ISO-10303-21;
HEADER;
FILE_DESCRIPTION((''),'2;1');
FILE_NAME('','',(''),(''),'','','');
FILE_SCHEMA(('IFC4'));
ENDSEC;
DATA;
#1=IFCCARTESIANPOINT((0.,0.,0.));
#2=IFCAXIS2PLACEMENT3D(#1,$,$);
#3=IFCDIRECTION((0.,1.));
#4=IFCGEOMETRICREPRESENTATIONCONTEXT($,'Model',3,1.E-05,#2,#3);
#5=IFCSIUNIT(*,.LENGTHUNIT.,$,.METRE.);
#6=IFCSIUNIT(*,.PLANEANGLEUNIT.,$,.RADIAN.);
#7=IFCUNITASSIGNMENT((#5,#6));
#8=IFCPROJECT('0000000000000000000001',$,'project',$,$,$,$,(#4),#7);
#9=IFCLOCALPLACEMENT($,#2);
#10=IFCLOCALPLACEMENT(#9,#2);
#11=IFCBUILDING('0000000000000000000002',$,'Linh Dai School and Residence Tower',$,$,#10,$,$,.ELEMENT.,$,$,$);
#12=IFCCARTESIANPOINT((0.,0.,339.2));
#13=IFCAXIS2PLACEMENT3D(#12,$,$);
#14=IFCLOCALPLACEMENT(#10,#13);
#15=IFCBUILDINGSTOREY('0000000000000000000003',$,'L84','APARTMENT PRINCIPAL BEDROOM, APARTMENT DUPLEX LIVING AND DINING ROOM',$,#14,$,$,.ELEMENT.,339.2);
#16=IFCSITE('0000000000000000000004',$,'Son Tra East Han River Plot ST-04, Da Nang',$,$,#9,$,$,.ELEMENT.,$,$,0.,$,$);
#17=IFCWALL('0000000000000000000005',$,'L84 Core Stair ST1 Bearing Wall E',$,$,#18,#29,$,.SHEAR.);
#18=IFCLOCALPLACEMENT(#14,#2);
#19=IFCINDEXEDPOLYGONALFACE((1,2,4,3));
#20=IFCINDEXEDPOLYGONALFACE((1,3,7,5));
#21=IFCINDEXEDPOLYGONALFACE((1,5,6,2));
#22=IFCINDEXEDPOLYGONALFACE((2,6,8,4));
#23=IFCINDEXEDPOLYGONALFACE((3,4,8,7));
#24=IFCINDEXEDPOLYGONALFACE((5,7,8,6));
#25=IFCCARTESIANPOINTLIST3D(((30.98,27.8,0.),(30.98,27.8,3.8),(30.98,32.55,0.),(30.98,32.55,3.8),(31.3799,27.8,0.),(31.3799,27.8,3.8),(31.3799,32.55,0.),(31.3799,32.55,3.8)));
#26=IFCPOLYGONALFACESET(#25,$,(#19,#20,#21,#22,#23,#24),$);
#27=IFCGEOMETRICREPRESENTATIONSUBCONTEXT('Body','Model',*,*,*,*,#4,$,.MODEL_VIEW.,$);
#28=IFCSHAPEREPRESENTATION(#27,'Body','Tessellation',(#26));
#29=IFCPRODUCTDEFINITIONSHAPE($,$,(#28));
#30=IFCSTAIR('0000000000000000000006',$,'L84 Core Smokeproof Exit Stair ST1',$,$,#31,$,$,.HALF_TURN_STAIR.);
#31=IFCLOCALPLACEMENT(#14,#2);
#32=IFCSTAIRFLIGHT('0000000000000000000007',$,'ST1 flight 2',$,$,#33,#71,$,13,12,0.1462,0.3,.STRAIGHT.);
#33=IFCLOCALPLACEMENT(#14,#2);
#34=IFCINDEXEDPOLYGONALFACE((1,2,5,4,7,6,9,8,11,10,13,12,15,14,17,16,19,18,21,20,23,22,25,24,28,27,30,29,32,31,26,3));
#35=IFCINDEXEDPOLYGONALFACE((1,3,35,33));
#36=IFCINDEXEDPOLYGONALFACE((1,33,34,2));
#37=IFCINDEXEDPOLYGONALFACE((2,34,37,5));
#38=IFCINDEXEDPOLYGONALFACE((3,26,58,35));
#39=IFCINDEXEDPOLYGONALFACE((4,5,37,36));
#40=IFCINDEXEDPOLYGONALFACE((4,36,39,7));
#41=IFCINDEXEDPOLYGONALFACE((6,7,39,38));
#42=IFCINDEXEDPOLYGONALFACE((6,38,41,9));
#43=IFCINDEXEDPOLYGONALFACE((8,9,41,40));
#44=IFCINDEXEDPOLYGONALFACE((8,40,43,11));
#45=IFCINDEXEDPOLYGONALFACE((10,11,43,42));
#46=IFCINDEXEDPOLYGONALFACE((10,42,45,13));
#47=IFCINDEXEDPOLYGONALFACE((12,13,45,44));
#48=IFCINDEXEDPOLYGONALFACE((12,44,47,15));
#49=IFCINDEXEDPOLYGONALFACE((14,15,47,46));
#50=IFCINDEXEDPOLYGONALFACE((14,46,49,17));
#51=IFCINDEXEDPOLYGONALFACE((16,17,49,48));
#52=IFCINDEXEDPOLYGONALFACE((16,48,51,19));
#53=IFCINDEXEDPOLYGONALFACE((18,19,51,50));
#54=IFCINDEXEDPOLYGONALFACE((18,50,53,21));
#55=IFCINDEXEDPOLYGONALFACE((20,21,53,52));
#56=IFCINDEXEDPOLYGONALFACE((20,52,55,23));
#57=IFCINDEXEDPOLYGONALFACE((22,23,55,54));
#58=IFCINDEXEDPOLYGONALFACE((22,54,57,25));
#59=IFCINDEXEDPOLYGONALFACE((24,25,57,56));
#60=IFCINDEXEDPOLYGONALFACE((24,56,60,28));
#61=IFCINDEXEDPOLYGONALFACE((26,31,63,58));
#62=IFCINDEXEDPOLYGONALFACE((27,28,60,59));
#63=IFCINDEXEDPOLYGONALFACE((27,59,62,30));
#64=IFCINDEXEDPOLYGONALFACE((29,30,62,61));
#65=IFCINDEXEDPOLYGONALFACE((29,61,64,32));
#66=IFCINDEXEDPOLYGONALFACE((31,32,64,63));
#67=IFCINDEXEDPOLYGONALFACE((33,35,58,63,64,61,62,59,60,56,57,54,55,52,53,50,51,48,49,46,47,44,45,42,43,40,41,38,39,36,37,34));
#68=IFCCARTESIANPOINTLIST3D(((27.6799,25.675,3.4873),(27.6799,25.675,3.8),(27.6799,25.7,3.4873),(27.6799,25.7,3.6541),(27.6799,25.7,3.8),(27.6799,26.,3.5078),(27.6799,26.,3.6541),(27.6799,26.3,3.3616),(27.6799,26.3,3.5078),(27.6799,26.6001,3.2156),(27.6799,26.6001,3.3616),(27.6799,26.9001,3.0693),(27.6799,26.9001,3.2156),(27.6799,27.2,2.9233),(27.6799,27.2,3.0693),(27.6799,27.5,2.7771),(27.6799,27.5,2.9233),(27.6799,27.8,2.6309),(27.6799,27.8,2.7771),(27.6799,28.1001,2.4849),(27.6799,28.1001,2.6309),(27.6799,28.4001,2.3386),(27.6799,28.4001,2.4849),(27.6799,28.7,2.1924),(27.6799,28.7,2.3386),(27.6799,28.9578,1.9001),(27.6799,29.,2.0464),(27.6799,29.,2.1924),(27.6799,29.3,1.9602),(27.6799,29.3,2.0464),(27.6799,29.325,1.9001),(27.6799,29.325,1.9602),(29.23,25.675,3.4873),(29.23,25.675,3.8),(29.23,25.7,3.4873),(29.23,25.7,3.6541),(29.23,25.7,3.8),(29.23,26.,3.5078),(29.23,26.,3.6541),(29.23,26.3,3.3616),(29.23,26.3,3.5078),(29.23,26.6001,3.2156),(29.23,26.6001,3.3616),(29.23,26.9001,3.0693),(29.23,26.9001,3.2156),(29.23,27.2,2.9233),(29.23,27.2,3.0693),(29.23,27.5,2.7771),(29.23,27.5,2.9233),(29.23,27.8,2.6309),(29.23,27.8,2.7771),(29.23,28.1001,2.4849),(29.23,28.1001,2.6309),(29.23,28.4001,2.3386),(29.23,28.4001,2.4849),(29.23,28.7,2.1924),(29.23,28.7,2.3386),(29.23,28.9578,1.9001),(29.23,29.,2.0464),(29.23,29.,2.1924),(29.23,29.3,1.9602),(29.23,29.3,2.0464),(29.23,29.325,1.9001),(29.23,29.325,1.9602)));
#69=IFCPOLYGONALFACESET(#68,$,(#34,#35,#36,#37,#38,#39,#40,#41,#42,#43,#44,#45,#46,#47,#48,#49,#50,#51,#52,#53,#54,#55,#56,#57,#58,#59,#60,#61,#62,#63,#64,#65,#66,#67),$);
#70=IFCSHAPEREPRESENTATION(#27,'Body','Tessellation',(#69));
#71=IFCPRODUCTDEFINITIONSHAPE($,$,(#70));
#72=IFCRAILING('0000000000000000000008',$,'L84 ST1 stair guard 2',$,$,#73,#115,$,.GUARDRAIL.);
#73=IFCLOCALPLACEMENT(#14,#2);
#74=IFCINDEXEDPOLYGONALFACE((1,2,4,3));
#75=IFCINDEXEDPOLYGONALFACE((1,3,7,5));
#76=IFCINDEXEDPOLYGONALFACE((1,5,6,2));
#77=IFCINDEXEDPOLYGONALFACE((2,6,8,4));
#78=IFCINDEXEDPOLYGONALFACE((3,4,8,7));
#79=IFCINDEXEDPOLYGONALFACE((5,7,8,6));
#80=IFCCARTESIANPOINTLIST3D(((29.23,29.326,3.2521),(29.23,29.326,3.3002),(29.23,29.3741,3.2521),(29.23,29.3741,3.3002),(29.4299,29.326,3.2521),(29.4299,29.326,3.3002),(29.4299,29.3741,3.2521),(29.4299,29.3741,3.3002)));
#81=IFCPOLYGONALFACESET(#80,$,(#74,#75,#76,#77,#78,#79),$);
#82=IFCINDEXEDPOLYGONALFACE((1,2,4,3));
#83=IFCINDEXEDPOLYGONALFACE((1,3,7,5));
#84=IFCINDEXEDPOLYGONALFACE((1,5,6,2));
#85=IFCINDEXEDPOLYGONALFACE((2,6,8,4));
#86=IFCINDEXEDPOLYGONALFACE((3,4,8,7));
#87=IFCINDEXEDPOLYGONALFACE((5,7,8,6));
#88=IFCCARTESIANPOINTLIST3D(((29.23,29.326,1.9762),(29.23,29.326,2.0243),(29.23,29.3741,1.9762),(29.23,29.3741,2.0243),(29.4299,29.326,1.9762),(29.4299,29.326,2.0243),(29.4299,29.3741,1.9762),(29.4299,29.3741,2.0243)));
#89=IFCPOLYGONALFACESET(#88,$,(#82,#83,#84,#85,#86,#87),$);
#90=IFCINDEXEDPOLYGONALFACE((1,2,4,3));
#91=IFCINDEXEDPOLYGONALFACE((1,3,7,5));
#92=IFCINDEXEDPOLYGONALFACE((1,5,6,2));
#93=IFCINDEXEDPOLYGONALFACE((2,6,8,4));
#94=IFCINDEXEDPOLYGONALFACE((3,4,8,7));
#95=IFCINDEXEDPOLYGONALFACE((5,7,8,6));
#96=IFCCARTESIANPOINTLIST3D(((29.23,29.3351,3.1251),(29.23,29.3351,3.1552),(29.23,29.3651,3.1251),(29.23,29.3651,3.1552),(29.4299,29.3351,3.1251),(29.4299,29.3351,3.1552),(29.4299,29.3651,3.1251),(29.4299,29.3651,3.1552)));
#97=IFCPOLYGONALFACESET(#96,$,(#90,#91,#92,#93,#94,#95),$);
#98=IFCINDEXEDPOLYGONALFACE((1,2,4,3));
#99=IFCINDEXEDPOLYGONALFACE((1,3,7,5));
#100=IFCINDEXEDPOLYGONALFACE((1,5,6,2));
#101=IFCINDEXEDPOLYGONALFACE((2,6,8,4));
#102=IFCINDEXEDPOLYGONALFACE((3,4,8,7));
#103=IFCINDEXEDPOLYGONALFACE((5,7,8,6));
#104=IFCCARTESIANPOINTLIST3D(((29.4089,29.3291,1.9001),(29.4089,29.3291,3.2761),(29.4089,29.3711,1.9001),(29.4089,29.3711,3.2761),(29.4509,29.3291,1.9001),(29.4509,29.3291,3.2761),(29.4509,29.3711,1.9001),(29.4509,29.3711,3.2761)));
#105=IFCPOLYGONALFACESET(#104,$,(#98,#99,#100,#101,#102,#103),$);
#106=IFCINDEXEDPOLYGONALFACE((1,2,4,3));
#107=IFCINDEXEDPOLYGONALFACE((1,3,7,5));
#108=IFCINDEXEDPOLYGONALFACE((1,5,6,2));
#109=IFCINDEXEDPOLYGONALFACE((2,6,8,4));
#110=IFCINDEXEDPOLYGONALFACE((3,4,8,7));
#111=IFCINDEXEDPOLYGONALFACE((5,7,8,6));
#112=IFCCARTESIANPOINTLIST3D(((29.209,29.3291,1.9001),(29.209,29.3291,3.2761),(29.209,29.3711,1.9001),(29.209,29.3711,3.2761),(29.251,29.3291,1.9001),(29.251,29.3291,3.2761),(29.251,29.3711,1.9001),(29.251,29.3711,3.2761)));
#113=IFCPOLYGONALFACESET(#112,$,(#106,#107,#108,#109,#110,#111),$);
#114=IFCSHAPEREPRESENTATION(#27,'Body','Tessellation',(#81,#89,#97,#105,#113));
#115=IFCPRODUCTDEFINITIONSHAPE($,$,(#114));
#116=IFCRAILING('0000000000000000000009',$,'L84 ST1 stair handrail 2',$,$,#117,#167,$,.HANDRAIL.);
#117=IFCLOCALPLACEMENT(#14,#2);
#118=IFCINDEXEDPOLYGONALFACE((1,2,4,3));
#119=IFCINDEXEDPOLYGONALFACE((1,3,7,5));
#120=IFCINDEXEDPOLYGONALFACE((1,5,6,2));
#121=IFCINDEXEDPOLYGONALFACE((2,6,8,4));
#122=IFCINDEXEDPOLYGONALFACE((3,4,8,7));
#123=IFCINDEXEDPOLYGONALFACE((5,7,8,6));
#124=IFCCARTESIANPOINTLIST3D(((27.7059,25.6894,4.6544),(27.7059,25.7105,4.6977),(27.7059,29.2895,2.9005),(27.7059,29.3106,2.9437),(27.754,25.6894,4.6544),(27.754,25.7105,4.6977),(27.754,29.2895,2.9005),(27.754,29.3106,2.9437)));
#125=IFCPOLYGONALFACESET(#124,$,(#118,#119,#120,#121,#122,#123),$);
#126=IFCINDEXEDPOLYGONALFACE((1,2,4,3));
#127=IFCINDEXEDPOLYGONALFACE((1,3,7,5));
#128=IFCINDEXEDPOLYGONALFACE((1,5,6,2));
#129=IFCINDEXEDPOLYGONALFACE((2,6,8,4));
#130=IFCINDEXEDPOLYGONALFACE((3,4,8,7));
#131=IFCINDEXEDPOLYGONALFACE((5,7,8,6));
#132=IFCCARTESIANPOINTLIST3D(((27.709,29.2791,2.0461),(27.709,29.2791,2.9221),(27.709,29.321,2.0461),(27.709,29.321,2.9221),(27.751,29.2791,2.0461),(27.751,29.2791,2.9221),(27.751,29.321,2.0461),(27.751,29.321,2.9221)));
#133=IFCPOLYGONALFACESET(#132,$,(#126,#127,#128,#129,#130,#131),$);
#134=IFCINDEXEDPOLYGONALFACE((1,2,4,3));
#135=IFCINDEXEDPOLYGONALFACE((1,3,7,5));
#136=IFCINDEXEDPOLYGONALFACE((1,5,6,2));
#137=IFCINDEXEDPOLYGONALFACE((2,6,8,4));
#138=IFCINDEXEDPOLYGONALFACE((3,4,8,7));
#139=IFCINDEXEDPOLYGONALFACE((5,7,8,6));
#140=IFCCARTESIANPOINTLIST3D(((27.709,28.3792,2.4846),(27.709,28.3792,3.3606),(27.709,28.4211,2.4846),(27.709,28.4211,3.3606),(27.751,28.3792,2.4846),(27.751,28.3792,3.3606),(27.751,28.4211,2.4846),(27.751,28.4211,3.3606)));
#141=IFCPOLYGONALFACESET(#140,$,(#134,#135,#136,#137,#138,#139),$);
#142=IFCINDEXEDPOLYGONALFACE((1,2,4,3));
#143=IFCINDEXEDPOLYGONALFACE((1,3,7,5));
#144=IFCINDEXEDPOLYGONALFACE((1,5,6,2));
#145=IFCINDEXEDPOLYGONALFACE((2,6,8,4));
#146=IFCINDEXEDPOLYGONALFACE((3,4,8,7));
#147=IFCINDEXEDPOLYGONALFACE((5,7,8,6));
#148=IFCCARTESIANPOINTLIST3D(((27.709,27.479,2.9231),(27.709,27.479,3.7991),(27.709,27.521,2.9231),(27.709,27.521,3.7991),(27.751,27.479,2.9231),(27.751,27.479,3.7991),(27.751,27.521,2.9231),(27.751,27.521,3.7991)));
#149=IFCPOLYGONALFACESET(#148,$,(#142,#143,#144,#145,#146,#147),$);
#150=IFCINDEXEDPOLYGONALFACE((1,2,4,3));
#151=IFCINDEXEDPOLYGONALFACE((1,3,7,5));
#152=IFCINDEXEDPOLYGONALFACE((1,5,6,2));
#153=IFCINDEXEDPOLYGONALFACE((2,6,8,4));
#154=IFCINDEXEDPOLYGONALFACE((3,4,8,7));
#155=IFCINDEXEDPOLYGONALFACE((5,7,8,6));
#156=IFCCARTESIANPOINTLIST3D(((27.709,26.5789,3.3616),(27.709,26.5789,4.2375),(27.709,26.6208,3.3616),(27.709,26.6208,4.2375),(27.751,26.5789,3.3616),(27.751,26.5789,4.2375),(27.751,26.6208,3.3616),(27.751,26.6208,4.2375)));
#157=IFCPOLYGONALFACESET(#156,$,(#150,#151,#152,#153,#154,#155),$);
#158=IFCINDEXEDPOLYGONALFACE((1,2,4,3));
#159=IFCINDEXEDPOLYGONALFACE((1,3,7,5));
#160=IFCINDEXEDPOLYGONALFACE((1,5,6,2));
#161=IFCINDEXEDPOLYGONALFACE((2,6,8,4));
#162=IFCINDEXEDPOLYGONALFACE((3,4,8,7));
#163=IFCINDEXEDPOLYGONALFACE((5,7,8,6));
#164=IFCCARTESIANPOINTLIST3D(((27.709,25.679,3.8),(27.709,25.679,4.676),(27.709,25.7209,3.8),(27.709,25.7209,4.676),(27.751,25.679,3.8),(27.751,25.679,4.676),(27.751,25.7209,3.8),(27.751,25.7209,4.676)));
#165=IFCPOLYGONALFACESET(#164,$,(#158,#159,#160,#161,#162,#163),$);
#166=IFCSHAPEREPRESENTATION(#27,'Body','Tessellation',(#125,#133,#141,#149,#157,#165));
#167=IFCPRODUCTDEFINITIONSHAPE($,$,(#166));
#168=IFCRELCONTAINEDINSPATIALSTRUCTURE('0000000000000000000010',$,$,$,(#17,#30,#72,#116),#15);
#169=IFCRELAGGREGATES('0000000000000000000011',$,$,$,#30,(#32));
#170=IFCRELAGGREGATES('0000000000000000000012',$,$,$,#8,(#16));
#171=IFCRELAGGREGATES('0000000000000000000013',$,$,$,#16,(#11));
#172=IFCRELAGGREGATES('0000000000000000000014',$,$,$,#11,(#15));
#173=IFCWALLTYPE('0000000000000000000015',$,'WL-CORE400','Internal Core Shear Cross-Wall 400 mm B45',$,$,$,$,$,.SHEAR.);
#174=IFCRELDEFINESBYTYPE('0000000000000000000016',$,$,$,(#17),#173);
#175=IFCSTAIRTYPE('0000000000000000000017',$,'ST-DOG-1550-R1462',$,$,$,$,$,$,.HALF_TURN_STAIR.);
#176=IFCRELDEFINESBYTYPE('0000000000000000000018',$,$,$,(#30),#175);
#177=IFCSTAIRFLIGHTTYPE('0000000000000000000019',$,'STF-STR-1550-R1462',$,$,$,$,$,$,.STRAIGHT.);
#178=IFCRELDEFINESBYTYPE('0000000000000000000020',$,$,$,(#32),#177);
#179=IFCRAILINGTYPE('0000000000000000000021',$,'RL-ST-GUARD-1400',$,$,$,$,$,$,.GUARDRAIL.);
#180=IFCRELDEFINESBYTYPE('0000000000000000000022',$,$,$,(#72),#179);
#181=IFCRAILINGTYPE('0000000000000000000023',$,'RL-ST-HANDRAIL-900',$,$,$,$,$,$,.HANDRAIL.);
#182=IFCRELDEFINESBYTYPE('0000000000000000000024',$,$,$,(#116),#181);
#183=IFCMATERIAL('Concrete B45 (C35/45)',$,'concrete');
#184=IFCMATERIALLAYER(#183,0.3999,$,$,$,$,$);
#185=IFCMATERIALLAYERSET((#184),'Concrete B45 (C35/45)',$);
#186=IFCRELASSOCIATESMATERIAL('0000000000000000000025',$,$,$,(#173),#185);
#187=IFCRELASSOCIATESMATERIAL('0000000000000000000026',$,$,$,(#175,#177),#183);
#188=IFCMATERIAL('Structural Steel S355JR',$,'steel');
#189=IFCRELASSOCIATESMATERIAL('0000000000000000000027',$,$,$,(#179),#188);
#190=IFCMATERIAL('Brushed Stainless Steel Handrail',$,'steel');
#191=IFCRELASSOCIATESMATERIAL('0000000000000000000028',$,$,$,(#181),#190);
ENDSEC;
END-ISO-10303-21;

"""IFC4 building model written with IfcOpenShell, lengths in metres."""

from ifc_helpers import new_model, si_unit, direction, frame, frame_2d, origin, origin_2d, place, context, subcontext, project, spatial, polyline, rectangle, outline, extrude, source, transform, mapped, material, layer, layer_set, type_object, element, aggregate, save


model = new_model("IFC4")

# Units and contexts
model_context = context("Model", 3, precision=1e-05, world=origin(), true_north=direction((0.0, 1.0)))
body_context = subcontext(model_context, "Body", "Model", "MODEL_VIEW")
ifc_project = project(units=[si_unit("LENGTHUNIT", "METRE"), si_unit("PLANEANGLEUNIT", "RADIAN")], contexts=[model_context])

# Site, building, storey
site_placement = place(None, origin())
site = spatial("IfcSite", under=ifc_project, at=site_placement, Name="Son Tra East Han River Plot ST-04, Da Nang", CompositionType="ELEMENT", RefElevation=0.0)
building_placement = place(site_placement, origin())
building = spatial("IfcBuilding", under=site, at=building_placement, Name="Linh Dai School and Residence Tower", CompositionType="ELEMENT")
storey_placement = place(building_placement, frame((0.0, 0.0, 339.2)))
storey = spatial("IfcBuildingStorey", under=building, at=storey_placement, Name="L84", Description="APARTMENT PRINCIPAL BEDROOM, APARTMENT DUPLEX LIVING AND DINING ROOM", CompositionType="ELEMENT", Elevation=339.2)

# Shared definitions
ifc_material_1 = material(Name="Concrete B45 (C35/45)", Category="concrete")

# Wall
ifc_layer_1 = layer(ifc_material_1, 0.3999)
ifc_layer_set_1 = layer_set([ifc_layer_1], Name="Concrete B45 (C35/45)")
wall_type_1 = type_object("IfcWallType", Name="WL-CORE400", Description="Internal Core Shear Cross-Wall 400 mm B45", PredefinedType="SHEAR", material=ifc_layer_set_1)
wall_1_placement = place(storey_placement, frame((31.1799, 27.8, 0.0), z_axis=(0.0, 0.0, 1.0), x_axis=(0.0, 1.0, 0.0)))
element("IfcWall", 1, at=wall_1_placement, inside=storey, type_object=wall_type_1, Name="L84 Core Stair ST1 Bearing Wall E", PredefinedType="SHEAR", context=body_context, shape_type="SweptSolid", body=[
    extrude(rectangle(XDim=4.75, YDim=0.3999, at=frame_2d((2.375, 0.0))), origin(), (0.0, 0.0, 1.0), 3.8),
])

# Stair, stair flight
stair_type = type_object("IfcStairType", Name="ST-DOG-1550-R1462", PredefinedType="HALF_TURN_STAIR", material=ifc_material_1)
stair_placement = place(storey_placement, origin())
stair = element("IfcStair", 2, at=stair_placement, inside=storey, type_object=stair_type, Name="L84 Core Smokeproof Exit Stair ST1", PredefinedType="HALF_TURN_STAIR")
stair_flight_type = type_object("IfcStairFlightType", Name="STF-STR-1550-R1462", PredefinedType="STRAIGHT", material=ifc_material_1)
shared_shape_1 = source(origin(), body_context, "Body", "SweptSolid", [
    extrude(outline(polyline([(-0.0249, 0.0), (-0.0249, 0.0601), (0.0, 0.0601), (0.0, 0.1462), (0.3, 0.1462), (0.3, 0.2922), (0.6001, 0.2922), (0.6001, 0.4385), (0.8999, 0.4385), (0.8999, 0.5847), (1.2, 0.5847), (1.2, 0.7307), (1.5, 0.7307), (1.5, 0.877), (1.8, 0.877), (1.8, 1.0232), (2.1001, 1.0232), (2.1001, 1.1692), (2.3999, 1.1692), (2.3999, 1.3154), (2.7, 1.3154), (2.7, 1.4614), (3.0, 1.4614), (3.0, 1.6077), (3.3, 1.6077), (3.3, 1.7539), (3.6001, 1.7539), (3.6001, 1.8999), (3.625, 1.8999), (3.625, 1.5872), (3.6001, 1.5872), (0.3423, 0.0), (-0.0249, 0.0)])), frame((0.0, 0.7749, 0.0), z_axis=(0.0, -1.0, 0.0), x_axis=(1.0, 0.0, 0.0)), (0.0, 0.0, 1.0), 1.55),
])
stair_flight_placement = place(storey_placement, frame((28.4551, 29.3, 1.9001), z_axis=(0.0, 0.0, 1.0), x_axis=(0.0, -1.0, 0.0)))
stair_flight = element("IfcStairFlight", 3, at=stair_flight_placement, type_object=stair_flight_type, Name="ST1 flight 2", NumberOfRisers=13, NumberOfTreads=12, PredefinedType="STRAIGHT", RiserHeight=0.1462, TreadLength=0.3, context=body_context, shape_type="MappedRepresentation", body=[
    mapped(shared_shape_1, transform((0.0, 0.0, 0.0), x_axis=(1.0, 0.0, 0.0), y_axis=(0.0, 1.0, 0.0), z_axis=(0.0, 0.0, 1.0), scale=1.0)),
])
aggregate(stair, [stair_flight])

# Railings
ifc_material_2 = material(Name="Structural Steel S355JR", Category="steel")
railing_type_1 = type_object("IfcRailingType", Name="RL-ST-GUARD-1400", PredefinedType="GUARDRAIL", material=ifc_material_2)
shared_shape_2 = source(origin(), body_context, "Body", "SweptSolid", [
    extrude(rectangle(XDim=0.0481, YDim=0.0481, at=origin_2d()), frame((0.0, 0.0, 1.376), z_axis=(-1.0, 0.0, 0.0), x_axis=(0.0, -1.0, 0.0)), (0.0, 0.0, 1.0), 0.2),
    extrude(rectangle(XDim=0.0481, YDim=0.0481, at=origin_2d()), frame((0.0, 0.0, 0.1001), z_axis=(-1.0, 0.0, 0.0), x_axis=(0.0, -1.0, 0.0)), (0.0, 0.0, 1.0), 0.2),
    extrude(rectangle(XDim=0.03, YDim=0.03, at=origin_2d()), frame((0.0, 0.0, 1.24), z_axis=(-1.0, 0.0, 0.0), x_axis=(0.0, -1.0, 0.0)), (0.0, 0.0, 1.0), 0.2),
    extrude(rectangle(XDim=0.042, YDim=0.042, at=origin_2d()), origin(), (0.0, 0.0, 1.0), 1.376),
    extrude(rectangle(XDim=0.042, YDim=0.042, at=origin_2d()), frame((-0.2, 0.0, 0.0)), (0.0, 0.0, 1.0), 1.376),
])
railing_1_placement = place(storey_placement, frame((29.4299, 29.3501, 1.9001)))
element("IfcRailing", 4, at=railing_1_placement, inside=storey, type_object=railing_type_1, Name="L84 ST1 stair guard 2", PredefinedType="GUARDRAIL", context=body_context, shape_type="MappedRepresentation", body=[
    mapped(shared_shape_2, transform((0.0, 0.0, 0.0), x_axis=(1.0, 0.0, 0.0), y_axis=(0.0, 1.0, 0.0), z_axis=(0.0, 0.0, 1.0), scale=1.0)),
])
ifc_material_3 = material(Name="Brushed Stainless Steel Handrail", Category="steel")
railing_type_2 = type_object("IfcRailingType", Name="RL-ST-HANDRAIL-900", PredefinedType="HANDRAIL", material=ifc_material_3)
shared_shape_3 = source(origin(), body_context, "Body", "SweptSolid", [
    extrude(rectangle(XDim=0.0481, YDim=0.0481, at=origin_2d()), frame((0.0, 0.0, 0.876), z_axis=(0.0, -0.898989, 0.437972), x_axis=(1.0, 0.0, 0.0)), (0.0, 0.0, 1.0), 4.0046),
    extrude(rectangle(XDim=0.042, YDim=0.042, at=origin_2d()), origin(), (0.0, 0.0, 1.0), 0.876),
    extrude(rectangle(XDim=0.042, YDim=0.042, at=origin_2d()), frame((0.0, -0.8999, 0.4385)), (0.0, 0.0, 1.0), 0.876),
    extrude(rectangle(XDim=0.042, YDim=0.042, at=origin_2d()), frame((0.0, -1.8, 0.877)), (0.0, 0.0, 1.0), 0.876),
    extrude(rectangle(XDim=0.042, YDim=0.042, at=origin_2d()), frame((0.0, -2.7002, 1.3154)), (0.0, 0.0, 1.0), 0.876),
    extrude(rectangle(XDim=0.042, YDim=0.042, at=origin_2d()), frame((0.0, -3.6001, 1.7539)), (0.0, 0.0, 1.0), 0.876),
])
railing_2_placement = place(storey_placement, frame((27.73, 29.3, 2.0461)))
element("IfcRailing", 5, at=railing_2_placement, inside=storey, type_object=railing_type_2, Name="L84 ST1 stair handrail 2", PredefinedType="HANDRAIL", context=body_context, shape_type="MappedRepresentation", body=[
    mapped(shared_shape_3, transform((0.0, 0.0, 0.0), x_axis=(1.0, 0.0, 0.0), y_axis=(0.0, 1.0, 0.0), z_axis=(0.0, 0.0, 1.0), scale=1.0)),
])

save(model, "model.ifc")
